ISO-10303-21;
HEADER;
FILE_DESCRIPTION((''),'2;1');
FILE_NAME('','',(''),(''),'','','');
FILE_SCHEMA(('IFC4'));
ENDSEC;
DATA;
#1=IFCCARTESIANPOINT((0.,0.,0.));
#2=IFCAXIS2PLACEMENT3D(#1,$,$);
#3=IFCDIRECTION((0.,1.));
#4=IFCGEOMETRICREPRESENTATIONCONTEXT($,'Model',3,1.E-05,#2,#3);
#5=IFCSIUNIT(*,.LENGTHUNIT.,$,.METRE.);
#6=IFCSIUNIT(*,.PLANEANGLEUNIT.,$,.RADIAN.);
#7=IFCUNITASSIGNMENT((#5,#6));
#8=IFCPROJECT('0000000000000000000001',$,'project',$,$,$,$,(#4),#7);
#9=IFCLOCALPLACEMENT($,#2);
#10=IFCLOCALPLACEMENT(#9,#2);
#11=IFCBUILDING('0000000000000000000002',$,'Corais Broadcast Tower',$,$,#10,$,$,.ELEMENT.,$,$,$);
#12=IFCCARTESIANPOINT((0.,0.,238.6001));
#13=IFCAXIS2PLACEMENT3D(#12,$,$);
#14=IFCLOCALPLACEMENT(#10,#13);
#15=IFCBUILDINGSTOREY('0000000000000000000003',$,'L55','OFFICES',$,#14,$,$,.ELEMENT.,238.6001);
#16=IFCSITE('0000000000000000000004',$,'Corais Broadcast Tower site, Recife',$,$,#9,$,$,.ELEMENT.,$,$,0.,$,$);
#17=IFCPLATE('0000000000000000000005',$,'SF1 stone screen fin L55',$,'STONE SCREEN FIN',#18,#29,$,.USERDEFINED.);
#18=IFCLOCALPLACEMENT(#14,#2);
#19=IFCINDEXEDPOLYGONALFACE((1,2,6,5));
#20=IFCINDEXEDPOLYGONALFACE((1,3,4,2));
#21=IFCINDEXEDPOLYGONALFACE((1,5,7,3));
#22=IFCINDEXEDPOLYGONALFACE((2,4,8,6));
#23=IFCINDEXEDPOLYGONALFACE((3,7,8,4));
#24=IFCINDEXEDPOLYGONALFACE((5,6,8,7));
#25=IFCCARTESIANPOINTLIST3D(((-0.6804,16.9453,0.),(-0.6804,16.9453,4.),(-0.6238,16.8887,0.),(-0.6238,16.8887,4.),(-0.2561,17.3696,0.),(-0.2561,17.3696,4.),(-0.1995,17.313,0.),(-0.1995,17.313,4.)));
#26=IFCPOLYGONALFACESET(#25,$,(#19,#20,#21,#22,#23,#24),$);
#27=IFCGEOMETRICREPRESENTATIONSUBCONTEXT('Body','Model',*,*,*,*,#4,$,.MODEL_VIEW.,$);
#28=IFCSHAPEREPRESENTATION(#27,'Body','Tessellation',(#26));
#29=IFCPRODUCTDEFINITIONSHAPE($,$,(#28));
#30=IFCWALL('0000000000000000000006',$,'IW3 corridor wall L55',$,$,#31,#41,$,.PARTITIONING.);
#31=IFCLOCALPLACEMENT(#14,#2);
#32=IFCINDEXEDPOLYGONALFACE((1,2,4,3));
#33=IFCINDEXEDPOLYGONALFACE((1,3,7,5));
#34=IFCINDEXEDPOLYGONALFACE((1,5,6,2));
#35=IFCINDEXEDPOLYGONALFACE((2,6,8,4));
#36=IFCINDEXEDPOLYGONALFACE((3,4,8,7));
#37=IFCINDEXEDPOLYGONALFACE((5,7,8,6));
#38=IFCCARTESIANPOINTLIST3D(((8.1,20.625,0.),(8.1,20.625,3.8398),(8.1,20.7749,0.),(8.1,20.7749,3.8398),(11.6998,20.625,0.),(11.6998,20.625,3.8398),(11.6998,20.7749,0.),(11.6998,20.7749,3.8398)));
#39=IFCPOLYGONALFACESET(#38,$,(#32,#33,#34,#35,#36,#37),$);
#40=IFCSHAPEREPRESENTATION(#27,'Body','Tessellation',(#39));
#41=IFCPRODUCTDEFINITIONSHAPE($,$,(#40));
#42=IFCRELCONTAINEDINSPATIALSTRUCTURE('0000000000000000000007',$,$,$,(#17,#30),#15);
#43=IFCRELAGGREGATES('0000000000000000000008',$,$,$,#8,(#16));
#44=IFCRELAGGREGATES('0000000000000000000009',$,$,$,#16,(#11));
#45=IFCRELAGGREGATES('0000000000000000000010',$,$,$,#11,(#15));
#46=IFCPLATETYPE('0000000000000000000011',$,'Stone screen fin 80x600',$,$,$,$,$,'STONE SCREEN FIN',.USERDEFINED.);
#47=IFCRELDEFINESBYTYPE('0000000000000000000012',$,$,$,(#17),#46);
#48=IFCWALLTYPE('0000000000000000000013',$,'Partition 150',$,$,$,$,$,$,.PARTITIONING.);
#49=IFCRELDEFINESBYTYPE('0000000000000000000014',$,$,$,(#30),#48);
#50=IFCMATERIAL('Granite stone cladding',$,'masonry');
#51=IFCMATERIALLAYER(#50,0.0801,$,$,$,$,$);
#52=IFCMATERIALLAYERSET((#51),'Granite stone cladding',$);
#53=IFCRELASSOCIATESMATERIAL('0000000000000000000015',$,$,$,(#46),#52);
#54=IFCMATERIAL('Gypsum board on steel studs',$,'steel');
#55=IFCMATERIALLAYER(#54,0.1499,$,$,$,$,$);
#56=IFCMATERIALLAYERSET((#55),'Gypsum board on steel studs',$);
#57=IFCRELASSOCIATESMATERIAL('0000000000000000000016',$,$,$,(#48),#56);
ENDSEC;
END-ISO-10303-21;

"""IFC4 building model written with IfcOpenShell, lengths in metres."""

from ifc_helpers import new_model, si_unit, direction, frame, frame_2d, origin, origin_2d, place, context, subcontext, project, spatial, rectangle, extrude, material, layer, layer_set, type_object, element, save


model = new_model("IFC4")

# Units and contexts
model_context = context("Model", 3, precision=1e-05, world=origin(), true_north=direction((0.0, 1.0)))
body_context = subcontext(model_context, "Body", "Model", "MODEL_VIEW")
ifc_project = project(units=[si_unit("LENGTHUNIT", "METRE"), si_unit("PLANEANGLEUNIT", "RADIAN")], contexts=[model_context])

# Site, building, storey
site_placement = place(None, origin())
site = spatial("IfcSite", under=ifc_project, at=site_placement, Name="Corais Broadcast Tower site, Recife", CompositionType="ELEMENT", RefElevation=0.0)
building_placement = place(site_placement, origin())
building = spatial("IfcBuilding", under=site, at=building_placement, Name="Corais Broadcast Tower", CompositionType="ELEMENT")
storey_placement = place(building_placement, frame((0.0, 0.0, 238.6001)))
storey = spatial("IfcBuildingStorey", under=building, at=storey_placement, Name="L55", Description="OFFICES", CompositionType="ELEMENT", Elevation=238.6001)

# Plate
ifc_material_1 = material(Name="Granite stone cladding", Category="masonry")
ifc_layer_1 = layer(ifc_material_1, 0.0801)
ifc_layer_set_1 = layer_set([ifc_layer_1], Name="Granite stone cladding")
plate_type_1 = type_object("IfcPlateType", Name="Stone screen fin 80x600", ElementType="STONE SCREEN FIN", PredefinedType="USERDEFINED", material=ifc_layer_set_1)
plate_1_placement = place(storey_placement, frame((-0.4399, 17.1292, 0.0), z_axis=(0.0, 0.0, 1.0), x_axis=(-0.707107, 0.707107, 0.0)))
element("IfcPlate", 1, at=plate_1_placement, inside=storey, type_object=plate_type_1, Name="SF1 stone screen fin L55", ObjectType="STONE SCREEN FIN", PredefinedType="USERDEFINED", context=body_context, shape_type="SweptSolid", body=[
    extrude(rectangle(XDim=0.0801, YDim=0.6001, at=origin_2d()), origin(), (0.0, 0.0, 1.0), 4.0),
])

# Wall
ifc_material_2 = material(Name="Gypsum board on steel studs", Category="steel")
ifc_layer_2 = layer(ifc_material_2, 0.1499)
ifc_layer_set_2 = layer_set([ifc_layer_2], Name="Gypsum board on steel studs")
wall_type = type_object("IfcWallType", Name="Partition 150", PredefinedType="PARTITIONING", material=ifc_layer_set_2)
wall_placement = place(storey_placement, frame((8.1001, 20.7, 0.0), z_axis=(0.0, 0.0, 1.0), x_axis=(1.0, 0.0, 0.0)))
element("IfcWall", 2, at=wall_placement, inside=storey, type_object=wall_type, Name="IW3 corridor wall L55", PredefinedType="PARTITIONING", context=body_context, shape_type="SweptSolid", body=[
    extrude(rectangle(XDim=3.5999, YDim=0.1499, at=frame_2d((1.7998, 0.0))), origin(), (0.0, 0.0, 1.0), 3.8398),
])

save(model, "model.ifc")
